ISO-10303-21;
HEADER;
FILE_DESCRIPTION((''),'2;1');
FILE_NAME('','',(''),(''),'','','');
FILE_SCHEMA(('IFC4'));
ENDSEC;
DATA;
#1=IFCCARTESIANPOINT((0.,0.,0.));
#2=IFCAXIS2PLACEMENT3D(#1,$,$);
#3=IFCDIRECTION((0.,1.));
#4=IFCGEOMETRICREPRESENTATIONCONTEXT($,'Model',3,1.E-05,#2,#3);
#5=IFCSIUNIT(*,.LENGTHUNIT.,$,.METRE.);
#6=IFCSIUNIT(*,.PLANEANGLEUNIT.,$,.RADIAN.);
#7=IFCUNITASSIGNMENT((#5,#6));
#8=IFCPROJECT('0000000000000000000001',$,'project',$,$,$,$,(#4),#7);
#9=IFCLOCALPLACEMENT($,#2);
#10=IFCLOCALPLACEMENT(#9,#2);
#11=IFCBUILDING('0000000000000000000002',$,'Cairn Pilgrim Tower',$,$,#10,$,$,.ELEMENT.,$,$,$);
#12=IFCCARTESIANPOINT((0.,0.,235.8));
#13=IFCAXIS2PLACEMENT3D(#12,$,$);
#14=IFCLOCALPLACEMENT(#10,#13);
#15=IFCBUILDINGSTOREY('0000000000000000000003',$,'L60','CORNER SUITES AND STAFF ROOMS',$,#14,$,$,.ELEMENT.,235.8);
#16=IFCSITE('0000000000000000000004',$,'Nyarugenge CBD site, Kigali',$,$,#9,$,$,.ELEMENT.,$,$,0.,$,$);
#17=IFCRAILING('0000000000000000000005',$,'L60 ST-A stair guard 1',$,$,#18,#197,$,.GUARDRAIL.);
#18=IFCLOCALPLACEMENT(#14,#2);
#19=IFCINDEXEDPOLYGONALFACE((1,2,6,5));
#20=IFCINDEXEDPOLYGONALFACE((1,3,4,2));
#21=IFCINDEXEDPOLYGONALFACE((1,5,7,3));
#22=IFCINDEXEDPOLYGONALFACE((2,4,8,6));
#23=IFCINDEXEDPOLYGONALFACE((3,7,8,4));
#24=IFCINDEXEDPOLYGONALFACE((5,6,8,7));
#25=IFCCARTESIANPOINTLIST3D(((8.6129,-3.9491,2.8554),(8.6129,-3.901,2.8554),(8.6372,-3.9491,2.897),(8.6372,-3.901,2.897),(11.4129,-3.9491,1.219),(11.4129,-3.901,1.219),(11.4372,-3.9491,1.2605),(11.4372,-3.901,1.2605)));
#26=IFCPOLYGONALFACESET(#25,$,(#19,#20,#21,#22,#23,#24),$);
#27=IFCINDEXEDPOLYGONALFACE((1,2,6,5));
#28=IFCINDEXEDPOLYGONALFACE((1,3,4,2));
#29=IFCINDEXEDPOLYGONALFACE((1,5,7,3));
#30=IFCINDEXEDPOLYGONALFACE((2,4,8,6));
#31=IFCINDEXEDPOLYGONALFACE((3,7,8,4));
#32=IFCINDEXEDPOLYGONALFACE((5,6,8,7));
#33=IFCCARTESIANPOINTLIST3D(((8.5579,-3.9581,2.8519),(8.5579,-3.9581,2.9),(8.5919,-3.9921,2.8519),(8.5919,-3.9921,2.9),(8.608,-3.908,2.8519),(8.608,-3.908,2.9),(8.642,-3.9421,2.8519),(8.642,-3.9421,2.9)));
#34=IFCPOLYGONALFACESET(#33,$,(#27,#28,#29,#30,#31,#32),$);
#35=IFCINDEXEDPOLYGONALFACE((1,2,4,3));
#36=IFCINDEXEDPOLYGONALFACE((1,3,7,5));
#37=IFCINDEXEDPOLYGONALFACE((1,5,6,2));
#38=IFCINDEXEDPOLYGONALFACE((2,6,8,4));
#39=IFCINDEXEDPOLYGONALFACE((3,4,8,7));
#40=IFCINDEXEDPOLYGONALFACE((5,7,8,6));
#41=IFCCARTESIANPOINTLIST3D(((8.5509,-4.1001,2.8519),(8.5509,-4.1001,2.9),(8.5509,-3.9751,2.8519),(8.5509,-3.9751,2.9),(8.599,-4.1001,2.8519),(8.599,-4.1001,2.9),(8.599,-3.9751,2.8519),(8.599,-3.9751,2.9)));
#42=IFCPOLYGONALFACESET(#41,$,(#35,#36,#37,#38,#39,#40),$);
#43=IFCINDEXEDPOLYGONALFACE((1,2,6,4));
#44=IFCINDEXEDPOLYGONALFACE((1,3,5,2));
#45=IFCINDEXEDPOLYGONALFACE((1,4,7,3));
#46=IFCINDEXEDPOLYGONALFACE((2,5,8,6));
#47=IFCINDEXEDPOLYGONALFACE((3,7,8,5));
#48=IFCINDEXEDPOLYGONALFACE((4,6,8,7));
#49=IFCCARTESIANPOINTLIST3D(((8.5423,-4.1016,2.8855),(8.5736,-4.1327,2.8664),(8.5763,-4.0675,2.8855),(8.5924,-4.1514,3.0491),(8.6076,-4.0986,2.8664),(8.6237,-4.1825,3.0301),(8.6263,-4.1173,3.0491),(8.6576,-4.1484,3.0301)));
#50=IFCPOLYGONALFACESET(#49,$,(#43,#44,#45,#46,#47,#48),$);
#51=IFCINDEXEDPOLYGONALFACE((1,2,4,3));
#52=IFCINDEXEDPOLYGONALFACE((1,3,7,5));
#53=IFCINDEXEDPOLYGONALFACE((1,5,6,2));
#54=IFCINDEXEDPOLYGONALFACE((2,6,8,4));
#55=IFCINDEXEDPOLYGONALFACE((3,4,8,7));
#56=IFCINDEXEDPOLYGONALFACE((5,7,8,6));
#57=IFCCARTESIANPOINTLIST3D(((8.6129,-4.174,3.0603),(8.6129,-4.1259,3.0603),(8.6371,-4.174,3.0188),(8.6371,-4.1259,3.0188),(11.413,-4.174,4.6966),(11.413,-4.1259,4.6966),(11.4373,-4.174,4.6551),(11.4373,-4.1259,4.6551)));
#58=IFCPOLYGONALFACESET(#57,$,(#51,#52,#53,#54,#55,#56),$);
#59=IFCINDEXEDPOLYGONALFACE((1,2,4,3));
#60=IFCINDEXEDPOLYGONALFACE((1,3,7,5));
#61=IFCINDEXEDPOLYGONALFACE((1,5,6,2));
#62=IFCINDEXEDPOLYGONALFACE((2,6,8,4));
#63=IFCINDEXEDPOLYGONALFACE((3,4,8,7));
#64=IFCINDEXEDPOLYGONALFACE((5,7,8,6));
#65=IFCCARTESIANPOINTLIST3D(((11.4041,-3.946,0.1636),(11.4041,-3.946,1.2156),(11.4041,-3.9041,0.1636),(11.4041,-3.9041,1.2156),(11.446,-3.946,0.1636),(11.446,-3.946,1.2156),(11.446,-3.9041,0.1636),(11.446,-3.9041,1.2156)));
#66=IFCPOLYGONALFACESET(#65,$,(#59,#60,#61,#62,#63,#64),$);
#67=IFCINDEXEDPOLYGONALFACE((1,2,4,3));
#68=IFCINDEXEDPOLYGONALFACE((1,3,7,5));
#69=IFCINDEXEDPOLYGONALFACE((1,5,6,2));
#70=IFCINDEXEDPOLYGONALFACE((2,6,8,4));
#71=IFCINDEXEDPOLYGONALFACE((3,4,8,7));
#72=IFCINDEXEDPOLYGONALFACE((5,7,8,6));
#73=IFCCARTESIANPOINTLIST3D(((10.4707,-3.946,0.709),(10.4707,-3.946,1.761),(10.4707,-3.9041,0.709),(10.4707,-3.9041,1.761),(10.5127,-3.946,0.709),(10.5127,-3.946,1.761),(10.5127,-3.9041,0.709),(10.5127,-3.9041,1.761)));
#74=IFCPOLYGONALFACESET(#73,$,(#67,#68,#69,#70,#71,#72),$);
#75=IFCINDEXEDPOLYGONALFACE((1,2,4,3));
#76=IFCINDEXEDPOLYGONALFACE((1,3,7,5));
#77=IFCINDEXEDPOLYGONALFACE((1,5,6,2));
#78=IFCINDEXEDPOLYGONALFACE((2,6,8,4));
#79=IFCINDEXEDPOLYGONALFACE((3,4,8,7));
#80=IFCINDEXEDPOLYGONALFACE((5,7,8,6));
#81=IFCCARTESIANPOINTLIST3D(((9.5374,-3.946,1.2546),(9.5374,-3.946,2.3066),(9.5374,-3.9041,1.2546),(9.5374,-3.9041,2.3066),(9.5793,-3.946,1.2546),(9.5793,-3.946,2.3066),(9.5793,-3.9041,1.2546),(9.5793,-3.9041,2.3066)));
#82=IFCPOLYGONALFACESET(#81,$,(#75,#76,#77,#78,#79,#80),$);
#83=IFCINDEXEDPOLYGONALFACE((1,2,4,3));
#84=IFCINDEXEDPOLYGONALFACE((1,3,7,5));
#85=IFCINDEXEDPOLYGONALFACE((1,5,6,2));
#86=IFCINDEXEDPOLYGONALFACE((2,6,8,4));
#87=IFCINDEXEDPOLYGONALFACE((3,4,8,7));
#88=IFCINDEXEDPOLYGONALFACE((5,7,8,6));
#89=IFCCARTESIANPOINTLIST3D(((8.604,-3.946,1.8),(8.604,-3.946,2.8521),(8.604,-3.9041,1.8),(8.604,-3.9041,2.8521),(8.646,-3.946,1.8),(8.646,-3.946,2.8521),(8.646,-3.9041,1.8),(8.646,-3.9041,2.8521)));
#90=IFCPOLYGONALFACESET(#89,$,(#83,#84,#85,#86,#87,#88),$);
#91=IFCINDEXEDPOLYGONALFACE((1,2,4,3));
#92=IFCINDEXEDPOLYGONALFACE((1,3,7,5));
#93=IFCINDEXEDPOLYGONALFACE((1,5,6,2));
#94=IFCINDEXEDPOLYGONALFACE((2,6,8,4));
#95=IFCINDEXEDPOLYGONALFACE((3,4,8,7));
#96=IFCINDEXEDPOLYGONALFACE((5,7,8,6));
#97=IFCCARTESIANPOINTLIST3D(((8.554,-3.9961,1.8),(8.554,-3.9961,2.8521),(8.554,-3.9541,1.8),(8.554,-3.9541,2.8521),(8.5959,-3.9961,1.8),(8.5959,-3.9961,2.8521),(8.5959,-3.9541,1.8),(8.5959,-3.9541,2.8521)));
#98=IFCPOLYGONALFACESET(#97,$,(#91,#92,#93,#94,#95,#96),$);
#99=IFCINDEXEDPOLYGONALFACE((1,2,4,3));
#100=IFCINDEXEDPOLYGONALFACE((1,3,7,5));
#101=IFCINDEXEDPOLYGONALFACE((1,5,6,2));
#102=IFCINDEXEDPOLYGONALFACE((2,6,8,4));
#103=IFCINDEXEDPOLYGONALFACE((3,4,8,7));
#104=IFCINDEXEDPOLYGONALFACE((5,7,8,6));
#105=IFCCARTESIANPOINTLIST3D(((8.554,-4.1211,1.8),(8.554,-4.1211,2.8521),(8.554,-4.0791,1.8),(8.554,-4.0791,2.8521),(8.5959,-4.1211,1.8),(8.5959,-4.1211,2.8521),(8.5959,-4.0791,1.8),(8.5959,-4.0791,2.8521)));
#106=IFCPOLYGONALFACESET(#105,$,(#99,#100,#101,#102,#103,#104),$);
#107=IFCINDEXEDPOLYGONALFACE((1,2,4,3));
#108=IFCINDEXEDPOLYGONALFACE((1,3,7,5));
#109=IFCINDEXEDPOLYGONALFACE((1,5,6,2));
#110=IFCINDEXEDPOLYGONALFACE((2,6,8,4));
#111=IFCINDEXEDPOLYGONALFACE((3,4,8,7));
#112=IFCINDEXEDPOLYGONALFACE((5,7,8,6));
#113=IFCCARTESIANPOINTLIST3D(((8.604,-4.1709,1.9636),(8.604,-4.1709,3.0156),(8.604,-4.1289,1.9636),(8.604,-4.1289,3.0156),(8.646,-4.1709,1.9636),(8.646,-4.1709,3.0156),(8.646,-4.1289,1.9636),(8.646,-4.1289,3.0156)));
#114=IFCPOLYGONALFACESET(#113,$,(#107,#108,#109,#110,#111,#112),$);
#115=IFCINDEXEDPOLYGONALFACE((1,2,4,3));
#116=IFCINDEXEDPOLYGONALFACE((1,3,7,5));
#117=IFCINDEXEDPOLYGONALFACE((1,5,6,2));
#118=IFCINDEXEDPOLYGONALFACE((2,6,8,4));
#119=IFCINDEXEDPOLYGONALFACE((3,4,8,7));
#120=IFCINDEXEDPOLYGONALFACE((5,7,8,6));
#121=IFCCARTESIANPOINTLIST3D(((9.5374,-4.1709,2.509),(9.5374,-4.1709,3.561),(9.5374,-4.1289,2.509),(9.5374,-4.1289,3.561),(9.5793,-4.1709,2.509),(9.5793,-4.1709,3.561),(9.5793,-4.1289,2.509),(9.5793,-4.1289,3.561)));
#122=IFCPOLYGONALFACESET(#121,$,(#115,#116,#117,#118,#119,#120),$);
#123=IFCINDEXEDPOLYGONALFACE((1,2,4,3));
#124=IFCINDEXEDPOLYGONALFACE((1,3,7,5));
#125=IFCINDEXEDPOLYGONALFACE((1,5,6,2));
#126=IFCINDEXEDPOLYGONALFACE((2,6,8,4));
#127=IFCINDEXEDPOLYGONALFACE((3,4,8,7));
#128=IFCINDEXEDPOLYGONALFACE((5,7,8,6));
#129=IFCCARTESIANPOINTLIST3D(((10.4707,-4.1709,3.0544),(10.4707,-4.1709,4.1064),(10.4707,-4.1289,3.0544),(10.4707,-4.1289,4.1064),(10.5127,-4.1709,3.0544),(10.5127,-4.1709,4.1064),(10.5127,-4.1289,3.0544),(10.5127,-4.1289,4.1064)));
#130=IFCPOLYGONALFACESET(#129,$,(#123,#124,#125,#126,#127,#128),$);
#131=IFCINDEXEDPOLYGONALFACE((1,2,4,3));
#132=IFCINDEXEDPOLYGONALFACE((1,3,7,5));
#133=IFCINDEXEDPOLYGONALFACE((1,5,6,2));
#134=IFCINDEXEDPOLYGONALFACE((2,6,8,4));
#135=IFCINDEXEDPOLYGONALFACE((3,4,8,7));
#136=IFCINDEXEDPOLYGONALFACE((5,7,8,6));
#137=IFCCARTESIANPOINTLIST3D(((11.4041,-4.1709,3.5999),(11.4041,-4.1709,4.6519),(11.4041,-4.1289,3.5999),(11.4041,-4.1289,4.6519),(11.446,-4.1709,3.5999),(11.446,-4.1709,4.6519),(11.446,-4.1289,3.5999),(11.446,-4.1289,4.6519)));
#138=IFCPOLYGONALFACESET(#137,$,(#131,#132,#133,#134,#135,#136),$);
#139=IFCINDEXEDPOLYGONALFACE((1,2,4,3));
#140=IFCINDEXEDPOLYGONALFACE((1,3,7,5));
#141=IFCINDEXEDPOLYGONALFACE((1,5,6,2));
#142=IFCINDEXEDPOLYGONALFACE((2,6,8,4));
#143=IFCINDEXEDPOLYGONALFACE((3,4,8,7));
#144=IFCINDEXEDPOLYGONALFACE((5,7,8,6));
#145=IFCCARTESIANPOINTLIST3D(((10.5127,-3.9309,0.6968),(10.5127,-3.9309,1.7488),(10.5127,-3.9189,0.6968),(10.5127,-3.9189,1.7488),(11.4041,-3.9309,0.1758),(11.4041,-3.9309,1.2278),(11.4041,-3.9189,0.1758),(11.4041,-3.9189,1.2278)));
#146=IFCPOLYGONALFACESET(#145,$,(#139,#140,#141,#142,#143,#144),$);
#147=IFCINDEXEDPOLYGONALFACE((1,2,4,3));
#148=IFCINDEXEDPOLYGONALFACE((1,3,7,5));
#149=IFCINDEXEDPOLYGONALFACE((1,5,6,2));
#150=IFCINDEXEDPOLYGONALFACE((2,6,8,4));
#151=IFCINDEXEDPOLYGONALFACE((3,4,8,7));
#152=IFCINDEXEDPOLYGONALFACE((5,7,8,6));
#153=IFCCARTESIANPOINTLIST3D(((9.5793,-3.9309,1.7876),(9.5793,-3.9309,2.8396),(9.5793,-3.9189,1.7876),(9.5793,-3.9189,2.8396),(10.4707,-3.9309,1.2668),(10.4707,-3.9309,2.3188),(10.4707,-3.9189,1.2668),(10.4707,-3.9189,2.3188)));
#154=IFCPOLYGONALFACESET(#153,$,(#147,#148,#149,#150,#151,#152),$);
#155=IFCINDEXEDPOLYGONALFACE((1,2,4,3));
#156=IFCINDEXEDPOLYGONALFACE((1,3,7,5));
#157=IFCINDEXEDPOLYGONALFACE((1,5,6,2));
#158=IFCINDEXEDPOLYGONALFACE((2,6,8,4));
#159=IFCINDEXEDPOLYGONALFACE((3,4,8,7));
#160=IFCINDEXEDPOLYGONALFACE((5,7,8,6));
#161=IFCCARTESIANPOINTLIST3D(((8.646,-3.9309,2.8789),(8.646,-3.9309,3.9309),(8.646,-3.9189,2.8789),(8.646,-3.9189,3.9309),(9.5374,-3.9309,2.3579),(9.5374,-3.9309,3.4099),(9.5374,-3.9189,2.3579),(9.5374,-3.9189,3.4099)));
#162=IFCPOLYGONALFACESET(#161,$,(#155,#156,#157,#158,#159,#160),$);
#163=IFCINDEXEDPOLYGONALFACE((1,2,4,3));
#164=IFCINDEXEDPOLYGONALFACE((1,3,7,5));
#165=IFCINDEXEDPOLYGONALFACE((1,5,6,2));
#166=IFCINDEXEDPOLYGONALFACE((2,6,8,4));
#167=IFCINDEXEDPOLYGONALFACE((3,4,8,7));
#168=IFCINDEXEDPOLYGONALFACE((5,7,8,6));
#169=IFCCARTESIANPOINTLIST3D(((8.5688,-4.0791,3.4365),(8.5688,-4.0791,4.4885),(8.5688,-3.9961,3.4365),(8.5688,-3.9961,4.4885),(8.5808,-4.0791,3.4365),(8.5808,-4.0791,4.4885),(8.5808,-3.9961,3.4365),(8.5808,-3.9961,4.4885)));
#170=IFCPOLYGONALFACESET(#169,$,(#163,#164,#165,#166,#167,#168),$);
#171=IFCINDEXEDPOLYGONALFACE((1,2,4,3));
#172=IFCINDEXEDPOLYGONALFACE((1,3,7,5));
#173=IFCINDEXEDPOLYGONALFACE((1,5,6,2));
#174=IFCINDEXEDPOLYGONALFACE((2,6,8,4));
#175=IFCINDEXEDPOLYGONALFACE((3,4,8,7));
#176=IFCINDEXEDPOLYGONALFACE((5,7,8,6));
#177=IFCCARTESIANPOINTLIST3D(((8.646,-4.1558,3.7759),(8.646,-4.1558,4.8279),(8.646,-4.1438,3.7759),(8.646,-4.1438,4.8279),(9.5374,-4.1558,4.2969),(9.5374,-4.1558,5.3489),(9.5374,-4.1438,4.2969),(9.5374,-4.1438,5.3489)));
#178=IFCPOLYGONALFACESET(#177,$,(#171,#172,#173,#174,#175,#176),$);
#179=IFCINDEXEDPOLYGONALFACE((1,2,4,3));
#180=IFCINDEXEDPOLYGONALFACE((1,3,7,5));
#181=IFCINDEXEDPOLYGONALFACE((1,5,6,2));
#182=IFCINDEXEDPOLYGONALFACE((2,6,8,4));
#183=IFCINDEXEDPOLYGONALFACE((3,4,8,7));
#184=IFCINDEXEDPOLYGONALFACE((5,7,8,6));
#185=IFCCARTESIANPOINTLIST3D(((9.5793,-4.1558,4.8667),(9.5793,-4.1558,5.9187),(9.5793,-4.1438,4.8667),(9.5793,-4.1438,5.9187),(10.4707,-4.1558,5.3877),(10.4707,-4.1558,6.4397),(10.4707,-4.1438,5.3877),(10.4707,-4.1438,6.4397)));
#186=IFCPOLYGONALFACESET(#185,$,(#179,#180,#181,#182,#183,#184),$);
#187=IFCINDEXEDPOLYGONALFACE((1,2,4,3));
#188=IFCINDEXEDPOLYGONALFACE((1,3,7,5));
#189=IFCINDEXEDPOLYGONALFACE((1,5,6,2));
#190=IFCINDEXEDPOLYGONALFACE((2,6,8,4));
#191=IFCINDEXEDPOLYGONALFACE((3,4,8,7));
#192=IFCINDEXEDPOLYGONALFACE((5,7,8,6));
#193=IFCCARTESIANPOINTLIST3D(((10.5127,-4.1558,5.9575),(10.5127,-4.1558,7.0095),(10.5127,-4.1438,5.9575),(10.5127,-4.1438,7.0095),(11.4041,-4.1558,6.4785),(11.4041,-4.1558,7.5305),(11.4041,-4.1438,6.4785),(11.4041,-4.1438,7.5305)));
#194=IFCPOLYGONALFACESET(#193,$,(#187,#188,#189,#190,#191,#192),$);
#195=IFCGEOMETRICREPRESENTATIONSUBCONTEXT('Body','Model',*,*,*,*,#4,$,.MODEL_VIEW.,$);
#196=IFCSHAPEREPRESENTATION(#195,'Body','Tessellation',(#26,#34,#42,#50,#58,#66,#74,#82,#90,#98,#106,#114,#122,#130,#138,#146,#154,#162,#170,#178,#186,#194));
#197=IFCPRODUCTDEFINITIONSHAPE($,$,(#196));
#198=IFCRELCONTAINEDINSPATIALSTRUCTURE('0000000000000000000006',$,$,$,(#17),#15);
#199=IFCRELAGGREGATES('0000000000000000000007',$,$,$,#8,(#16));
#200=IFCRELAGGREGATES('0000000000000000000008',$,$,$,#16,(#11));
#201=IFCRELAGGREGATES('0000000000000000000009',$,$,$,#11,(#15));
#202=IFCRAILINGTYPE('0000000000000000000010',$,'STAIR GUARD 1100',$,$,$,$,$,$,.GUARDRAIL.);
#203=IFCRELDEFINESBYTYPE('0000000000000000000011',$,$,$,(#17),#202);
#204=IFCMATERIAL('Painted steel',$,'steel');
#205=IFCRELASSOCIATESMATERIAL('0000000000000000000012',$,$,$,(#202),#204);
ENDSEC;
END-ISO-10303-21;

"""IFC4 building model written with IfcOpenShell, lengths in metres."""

from ifc_helpers import new_model, si_unit, direction, frame, origin, origin_2d, place, context, subcontext, project, spatial, polyline, rectangle, outline, extrude, material, type_object, element, save


model = new_model("IFC4")

# Units and contexts
model_context = context("Model", 3, precision=1e-05, world=origin(), true_north=direction((0.0, 1.0)))
body_context = subcontext(model_context, "Body", "Model", "MODEL_VIEW")
ifc_project = project(units=[si_unit("LENGTHUNIT", "METRE"), si_unit("PLANEANGLEUNIT", "RADIAN")], contexts=[model_context])

# Site, building, storey
site_placement = place(None, origin())
site = spatial("IfcSite", under=ifc_project, at=site_placement, Name="Nyarugenge CBD site, Kigali", CompositionType="ELEMENT", RefElevation=0.0)
building_placement = place(site_placement, origin())
building = spatial("IfcBuilding", under=site, at=building_placement, Name="Cairn Pilgrim Tower", CompositionType="ELEMENT")
storey_placement = place(building_placement, frame((0.0, 0.0, 235.8)))
storey = spatial("IfcBuildingStorey", under=building, at=storey_placement, Name="L60", Description="CORNER SUITES AND STAFF ROOMS", CompositionType="ELEMENT", Elevation=235.8)

# Shared definitions
ifc_material_1 = material(Name="Painted steel", Category="steel")

# Railing
railing_type_1 = type_object("IfcRailingType", Name="STAIR GUARD 1100", PredefinedType="GUARDRAIL", material=ifc_material_1)
railing_1_placement = place(storey_placement, frame((11.425, -3.925, 0.1636)))
element("IfcRailing", 1, at=railing_1_placement, inside=storey, type_object=railing_type_1, Name="L60 ST-A stair guard 1", PredefinedType="GUARDRAIL", context=body_context, shape_type="SweptSolid", body=[
    extrude(rectangle(XDim=0.0481, YDim=0.0481, at=origin_2d()), frame((0.0, 0.0, 1.0762), z_axis=(-0.863361, 0.0, 0.504587), x_axis=(0.0, -1.0, 0.0)), (0.0, 0.0, 1.0), 3.2432),
    extrude(rectangle(XDim=0.0481, YDim=0.0481, at=origin_2d()), frame((-2.8, 0.0, 2.7124), z_axis=(-0.707107, -0.707107, 0.0), x_axis=(0.707107, -0.707107, 0.0)), (0.0, 0.0, 1.0), 0.0708),
    extrude(rectangle(XDim=0.0481, YDim=0.0481, at=origin_2d()), frame((-2.8501, -0.05, 2.7124), z_axis=(0.0, -1.0, 0.0), x_axis=(1.0, 0.0, 0.0)), (0.0, 0.0, 1.0), 0.125),
    extrude(rectangle(XDim=0.0481, YDim=0.0481, at=origin_2d()), frame((-2.8501, -0.175, 2.7124), z_axis=(0.280917, -0.279546, 0.918118), x_axis=(0.705376, 0.708834, 0.0)), (0.0, 0.0, 1.0), 0.1782),
    extrude(rectangle(XDim=0.0481, YDim=0.0481, at=origin_2d()), frame((-2.8, -0.2249, 2.876), z_axis=(0.863394, 0.0, 0.504531), x_axis=(0.0, 1.0, 0.0)), (0.0, 0.0, 1.0), 3.2432),
    extrude(rectangle(XDim=0.042, YDim=0.042, at=origin_2d()), origin(), (0.0, 0.0, 1.0), 1.052),
    extrude(rectangle(XDim=0.042, YDim=0.042, at=origin_2d()), frame((-0.9333, 0.0, 0.5454)), (0.0, 0.0, 1.0), 1.052),
    extrude(rectangle(XDim=0.042, YDim=0.042, at=origin_2d()), frame((-1.8667, 0.0, 1.0911)), (0.0, 0.0, 1.0), 1.052),
    extrude(rectangle(XDim=0.042, YDim=0.042, at=origin_2d()), frame((-2.8, 0.0, 1.6365)), (0.0, 0.0, 1.0), 1.052),
    extrude(rectangle(XDim=0.042, YDim=0.042, at=origin_2d()), frame((-2.8501, -0.05, 1.6365)), (0.0, 0.0, 1.0), 1.052),
    extrude(rectangle(XDim=0.042, YDim=0.042, at=origin_2d()), frame((-2.8501, -0.175, 1.6365)), (0.0, 0.0, 1.0), 1.052),
    extrude(rectangle(XDim=0.042, YDim=0.042, at=origin_2d()), frame((-2.8, -0.2249, 1.8)), (0.0, 0.0, 1.0), 1.052),
    extrude(rectangle(XDim=0.042, YDim=0.042, at=origin_2d()), frame((-1.8667, -0.2249, 2.3455)), (0.0, 0.0, 1.0), 1.052),
    extrude(rectangle(XDim=0.042, YDim=0.042, at=origin_2d()), frame((-0.9333, -0.2249, 2.8909)), (0.0, 0.0, 1.0), 1.052),
    extrude(rectangle(XDim=0.042, YDim=0.042, at=origin_2d()), frame((0.0, -0.2249, 3.4363)), (0.0, 0.0, 1.0), 1.052),
    extrude(outline(polyline([(0.021, 0.0122), (0.9124, 0.5332), (0.9124, 1.5852), (0.021, 1.0642), (0.021, 0.0122)])), frame((0.0, -0.0059, 0.0), z_axis=(0.0, 1.0, 0.0), x_axis=(-1.0, 0.0, 0.0)), (0.0, 0.0, 1.0), 0.012),
    extrude(outline(polyline([(0.021, 0.5579), (0.9124, 1.0786), (0.9124, 2.1306), (0.021, 1.6099), (0.021, 0.5579)])), frame((-0.9333, -0.0059, 0.5454), z_axis=(0.0, 1.0, 0.0), x_axis=(-1.0, 0.0, 0.0)), (0.0, 0.0, 1.0), 0.012),
    extrude(outline(polyline([(0.021, 1.1033), (0.9124, 1.6243), (0.9124, 2.6763), (0.021, 2.1553), (0.021, 1.1033)])), frame((-1.8667, -0.0059, 1.0911), z_axis=(0.0, 1.0, 0.0), x_axis=(-1.0, 0.0, 0.0)), (0.0, 0.0, 1.0), 0.012),
    extrude(outline(polyline([(0.021, 1.6365), (0.104, 1.6365), (0.104, 2.6885), (0.021, 2.6885), (0.021, 1.6365)])), frame((-2.8442, -0.05, 1.6365), z_axis=(-1.0, 0.0, 0.0), x_axis=(0.0, -1.0, 0.0)), (0.0, 0.0, 1.0), 0.012),
    extrude(outline(polyline([(0.021, 1.8123), (0.9124, 2.3333), (0.9124, 3.3853), (0.021, 2.8643), (0.021, 1.8123)])), frame((-2.8, -0.2188, 1.8), z_axis=(0.0, -1.0, 0.0), x_axis=(1.0, 0.0, 0.0)), (0.0, 0.0, 1.0), 0.012),
    extrude(outline(polyline([(0.021, 2.3577), (0.9124, 2.8787), (0.9124, 3.9307), (0.021, 3.4097), (0.021, 2.3577)])), frame((-1.8667, -0.2188, 2.3455), z_axis=(0.0, -1.0, 0.0), x_axis=(1.0, 0.0, 0.0)), (0.0, 0.0, 1.0), 0.012),
    extrude(outline(polyline([(0.021, 2.9031), (0.9124, 3.4241), (0.9124, 4.4761), (0.021, 3.9551), (0.021, 2.9031)])), frame((-0.9333, -0.2188, 2.8909), z_axis=(0.0, -1.0, 0.0), x_axis=(1.0, 0.0, 0.0)), (0.0, 0.0, 1.0), 0.012),
])

save(model, "model.ifc")
